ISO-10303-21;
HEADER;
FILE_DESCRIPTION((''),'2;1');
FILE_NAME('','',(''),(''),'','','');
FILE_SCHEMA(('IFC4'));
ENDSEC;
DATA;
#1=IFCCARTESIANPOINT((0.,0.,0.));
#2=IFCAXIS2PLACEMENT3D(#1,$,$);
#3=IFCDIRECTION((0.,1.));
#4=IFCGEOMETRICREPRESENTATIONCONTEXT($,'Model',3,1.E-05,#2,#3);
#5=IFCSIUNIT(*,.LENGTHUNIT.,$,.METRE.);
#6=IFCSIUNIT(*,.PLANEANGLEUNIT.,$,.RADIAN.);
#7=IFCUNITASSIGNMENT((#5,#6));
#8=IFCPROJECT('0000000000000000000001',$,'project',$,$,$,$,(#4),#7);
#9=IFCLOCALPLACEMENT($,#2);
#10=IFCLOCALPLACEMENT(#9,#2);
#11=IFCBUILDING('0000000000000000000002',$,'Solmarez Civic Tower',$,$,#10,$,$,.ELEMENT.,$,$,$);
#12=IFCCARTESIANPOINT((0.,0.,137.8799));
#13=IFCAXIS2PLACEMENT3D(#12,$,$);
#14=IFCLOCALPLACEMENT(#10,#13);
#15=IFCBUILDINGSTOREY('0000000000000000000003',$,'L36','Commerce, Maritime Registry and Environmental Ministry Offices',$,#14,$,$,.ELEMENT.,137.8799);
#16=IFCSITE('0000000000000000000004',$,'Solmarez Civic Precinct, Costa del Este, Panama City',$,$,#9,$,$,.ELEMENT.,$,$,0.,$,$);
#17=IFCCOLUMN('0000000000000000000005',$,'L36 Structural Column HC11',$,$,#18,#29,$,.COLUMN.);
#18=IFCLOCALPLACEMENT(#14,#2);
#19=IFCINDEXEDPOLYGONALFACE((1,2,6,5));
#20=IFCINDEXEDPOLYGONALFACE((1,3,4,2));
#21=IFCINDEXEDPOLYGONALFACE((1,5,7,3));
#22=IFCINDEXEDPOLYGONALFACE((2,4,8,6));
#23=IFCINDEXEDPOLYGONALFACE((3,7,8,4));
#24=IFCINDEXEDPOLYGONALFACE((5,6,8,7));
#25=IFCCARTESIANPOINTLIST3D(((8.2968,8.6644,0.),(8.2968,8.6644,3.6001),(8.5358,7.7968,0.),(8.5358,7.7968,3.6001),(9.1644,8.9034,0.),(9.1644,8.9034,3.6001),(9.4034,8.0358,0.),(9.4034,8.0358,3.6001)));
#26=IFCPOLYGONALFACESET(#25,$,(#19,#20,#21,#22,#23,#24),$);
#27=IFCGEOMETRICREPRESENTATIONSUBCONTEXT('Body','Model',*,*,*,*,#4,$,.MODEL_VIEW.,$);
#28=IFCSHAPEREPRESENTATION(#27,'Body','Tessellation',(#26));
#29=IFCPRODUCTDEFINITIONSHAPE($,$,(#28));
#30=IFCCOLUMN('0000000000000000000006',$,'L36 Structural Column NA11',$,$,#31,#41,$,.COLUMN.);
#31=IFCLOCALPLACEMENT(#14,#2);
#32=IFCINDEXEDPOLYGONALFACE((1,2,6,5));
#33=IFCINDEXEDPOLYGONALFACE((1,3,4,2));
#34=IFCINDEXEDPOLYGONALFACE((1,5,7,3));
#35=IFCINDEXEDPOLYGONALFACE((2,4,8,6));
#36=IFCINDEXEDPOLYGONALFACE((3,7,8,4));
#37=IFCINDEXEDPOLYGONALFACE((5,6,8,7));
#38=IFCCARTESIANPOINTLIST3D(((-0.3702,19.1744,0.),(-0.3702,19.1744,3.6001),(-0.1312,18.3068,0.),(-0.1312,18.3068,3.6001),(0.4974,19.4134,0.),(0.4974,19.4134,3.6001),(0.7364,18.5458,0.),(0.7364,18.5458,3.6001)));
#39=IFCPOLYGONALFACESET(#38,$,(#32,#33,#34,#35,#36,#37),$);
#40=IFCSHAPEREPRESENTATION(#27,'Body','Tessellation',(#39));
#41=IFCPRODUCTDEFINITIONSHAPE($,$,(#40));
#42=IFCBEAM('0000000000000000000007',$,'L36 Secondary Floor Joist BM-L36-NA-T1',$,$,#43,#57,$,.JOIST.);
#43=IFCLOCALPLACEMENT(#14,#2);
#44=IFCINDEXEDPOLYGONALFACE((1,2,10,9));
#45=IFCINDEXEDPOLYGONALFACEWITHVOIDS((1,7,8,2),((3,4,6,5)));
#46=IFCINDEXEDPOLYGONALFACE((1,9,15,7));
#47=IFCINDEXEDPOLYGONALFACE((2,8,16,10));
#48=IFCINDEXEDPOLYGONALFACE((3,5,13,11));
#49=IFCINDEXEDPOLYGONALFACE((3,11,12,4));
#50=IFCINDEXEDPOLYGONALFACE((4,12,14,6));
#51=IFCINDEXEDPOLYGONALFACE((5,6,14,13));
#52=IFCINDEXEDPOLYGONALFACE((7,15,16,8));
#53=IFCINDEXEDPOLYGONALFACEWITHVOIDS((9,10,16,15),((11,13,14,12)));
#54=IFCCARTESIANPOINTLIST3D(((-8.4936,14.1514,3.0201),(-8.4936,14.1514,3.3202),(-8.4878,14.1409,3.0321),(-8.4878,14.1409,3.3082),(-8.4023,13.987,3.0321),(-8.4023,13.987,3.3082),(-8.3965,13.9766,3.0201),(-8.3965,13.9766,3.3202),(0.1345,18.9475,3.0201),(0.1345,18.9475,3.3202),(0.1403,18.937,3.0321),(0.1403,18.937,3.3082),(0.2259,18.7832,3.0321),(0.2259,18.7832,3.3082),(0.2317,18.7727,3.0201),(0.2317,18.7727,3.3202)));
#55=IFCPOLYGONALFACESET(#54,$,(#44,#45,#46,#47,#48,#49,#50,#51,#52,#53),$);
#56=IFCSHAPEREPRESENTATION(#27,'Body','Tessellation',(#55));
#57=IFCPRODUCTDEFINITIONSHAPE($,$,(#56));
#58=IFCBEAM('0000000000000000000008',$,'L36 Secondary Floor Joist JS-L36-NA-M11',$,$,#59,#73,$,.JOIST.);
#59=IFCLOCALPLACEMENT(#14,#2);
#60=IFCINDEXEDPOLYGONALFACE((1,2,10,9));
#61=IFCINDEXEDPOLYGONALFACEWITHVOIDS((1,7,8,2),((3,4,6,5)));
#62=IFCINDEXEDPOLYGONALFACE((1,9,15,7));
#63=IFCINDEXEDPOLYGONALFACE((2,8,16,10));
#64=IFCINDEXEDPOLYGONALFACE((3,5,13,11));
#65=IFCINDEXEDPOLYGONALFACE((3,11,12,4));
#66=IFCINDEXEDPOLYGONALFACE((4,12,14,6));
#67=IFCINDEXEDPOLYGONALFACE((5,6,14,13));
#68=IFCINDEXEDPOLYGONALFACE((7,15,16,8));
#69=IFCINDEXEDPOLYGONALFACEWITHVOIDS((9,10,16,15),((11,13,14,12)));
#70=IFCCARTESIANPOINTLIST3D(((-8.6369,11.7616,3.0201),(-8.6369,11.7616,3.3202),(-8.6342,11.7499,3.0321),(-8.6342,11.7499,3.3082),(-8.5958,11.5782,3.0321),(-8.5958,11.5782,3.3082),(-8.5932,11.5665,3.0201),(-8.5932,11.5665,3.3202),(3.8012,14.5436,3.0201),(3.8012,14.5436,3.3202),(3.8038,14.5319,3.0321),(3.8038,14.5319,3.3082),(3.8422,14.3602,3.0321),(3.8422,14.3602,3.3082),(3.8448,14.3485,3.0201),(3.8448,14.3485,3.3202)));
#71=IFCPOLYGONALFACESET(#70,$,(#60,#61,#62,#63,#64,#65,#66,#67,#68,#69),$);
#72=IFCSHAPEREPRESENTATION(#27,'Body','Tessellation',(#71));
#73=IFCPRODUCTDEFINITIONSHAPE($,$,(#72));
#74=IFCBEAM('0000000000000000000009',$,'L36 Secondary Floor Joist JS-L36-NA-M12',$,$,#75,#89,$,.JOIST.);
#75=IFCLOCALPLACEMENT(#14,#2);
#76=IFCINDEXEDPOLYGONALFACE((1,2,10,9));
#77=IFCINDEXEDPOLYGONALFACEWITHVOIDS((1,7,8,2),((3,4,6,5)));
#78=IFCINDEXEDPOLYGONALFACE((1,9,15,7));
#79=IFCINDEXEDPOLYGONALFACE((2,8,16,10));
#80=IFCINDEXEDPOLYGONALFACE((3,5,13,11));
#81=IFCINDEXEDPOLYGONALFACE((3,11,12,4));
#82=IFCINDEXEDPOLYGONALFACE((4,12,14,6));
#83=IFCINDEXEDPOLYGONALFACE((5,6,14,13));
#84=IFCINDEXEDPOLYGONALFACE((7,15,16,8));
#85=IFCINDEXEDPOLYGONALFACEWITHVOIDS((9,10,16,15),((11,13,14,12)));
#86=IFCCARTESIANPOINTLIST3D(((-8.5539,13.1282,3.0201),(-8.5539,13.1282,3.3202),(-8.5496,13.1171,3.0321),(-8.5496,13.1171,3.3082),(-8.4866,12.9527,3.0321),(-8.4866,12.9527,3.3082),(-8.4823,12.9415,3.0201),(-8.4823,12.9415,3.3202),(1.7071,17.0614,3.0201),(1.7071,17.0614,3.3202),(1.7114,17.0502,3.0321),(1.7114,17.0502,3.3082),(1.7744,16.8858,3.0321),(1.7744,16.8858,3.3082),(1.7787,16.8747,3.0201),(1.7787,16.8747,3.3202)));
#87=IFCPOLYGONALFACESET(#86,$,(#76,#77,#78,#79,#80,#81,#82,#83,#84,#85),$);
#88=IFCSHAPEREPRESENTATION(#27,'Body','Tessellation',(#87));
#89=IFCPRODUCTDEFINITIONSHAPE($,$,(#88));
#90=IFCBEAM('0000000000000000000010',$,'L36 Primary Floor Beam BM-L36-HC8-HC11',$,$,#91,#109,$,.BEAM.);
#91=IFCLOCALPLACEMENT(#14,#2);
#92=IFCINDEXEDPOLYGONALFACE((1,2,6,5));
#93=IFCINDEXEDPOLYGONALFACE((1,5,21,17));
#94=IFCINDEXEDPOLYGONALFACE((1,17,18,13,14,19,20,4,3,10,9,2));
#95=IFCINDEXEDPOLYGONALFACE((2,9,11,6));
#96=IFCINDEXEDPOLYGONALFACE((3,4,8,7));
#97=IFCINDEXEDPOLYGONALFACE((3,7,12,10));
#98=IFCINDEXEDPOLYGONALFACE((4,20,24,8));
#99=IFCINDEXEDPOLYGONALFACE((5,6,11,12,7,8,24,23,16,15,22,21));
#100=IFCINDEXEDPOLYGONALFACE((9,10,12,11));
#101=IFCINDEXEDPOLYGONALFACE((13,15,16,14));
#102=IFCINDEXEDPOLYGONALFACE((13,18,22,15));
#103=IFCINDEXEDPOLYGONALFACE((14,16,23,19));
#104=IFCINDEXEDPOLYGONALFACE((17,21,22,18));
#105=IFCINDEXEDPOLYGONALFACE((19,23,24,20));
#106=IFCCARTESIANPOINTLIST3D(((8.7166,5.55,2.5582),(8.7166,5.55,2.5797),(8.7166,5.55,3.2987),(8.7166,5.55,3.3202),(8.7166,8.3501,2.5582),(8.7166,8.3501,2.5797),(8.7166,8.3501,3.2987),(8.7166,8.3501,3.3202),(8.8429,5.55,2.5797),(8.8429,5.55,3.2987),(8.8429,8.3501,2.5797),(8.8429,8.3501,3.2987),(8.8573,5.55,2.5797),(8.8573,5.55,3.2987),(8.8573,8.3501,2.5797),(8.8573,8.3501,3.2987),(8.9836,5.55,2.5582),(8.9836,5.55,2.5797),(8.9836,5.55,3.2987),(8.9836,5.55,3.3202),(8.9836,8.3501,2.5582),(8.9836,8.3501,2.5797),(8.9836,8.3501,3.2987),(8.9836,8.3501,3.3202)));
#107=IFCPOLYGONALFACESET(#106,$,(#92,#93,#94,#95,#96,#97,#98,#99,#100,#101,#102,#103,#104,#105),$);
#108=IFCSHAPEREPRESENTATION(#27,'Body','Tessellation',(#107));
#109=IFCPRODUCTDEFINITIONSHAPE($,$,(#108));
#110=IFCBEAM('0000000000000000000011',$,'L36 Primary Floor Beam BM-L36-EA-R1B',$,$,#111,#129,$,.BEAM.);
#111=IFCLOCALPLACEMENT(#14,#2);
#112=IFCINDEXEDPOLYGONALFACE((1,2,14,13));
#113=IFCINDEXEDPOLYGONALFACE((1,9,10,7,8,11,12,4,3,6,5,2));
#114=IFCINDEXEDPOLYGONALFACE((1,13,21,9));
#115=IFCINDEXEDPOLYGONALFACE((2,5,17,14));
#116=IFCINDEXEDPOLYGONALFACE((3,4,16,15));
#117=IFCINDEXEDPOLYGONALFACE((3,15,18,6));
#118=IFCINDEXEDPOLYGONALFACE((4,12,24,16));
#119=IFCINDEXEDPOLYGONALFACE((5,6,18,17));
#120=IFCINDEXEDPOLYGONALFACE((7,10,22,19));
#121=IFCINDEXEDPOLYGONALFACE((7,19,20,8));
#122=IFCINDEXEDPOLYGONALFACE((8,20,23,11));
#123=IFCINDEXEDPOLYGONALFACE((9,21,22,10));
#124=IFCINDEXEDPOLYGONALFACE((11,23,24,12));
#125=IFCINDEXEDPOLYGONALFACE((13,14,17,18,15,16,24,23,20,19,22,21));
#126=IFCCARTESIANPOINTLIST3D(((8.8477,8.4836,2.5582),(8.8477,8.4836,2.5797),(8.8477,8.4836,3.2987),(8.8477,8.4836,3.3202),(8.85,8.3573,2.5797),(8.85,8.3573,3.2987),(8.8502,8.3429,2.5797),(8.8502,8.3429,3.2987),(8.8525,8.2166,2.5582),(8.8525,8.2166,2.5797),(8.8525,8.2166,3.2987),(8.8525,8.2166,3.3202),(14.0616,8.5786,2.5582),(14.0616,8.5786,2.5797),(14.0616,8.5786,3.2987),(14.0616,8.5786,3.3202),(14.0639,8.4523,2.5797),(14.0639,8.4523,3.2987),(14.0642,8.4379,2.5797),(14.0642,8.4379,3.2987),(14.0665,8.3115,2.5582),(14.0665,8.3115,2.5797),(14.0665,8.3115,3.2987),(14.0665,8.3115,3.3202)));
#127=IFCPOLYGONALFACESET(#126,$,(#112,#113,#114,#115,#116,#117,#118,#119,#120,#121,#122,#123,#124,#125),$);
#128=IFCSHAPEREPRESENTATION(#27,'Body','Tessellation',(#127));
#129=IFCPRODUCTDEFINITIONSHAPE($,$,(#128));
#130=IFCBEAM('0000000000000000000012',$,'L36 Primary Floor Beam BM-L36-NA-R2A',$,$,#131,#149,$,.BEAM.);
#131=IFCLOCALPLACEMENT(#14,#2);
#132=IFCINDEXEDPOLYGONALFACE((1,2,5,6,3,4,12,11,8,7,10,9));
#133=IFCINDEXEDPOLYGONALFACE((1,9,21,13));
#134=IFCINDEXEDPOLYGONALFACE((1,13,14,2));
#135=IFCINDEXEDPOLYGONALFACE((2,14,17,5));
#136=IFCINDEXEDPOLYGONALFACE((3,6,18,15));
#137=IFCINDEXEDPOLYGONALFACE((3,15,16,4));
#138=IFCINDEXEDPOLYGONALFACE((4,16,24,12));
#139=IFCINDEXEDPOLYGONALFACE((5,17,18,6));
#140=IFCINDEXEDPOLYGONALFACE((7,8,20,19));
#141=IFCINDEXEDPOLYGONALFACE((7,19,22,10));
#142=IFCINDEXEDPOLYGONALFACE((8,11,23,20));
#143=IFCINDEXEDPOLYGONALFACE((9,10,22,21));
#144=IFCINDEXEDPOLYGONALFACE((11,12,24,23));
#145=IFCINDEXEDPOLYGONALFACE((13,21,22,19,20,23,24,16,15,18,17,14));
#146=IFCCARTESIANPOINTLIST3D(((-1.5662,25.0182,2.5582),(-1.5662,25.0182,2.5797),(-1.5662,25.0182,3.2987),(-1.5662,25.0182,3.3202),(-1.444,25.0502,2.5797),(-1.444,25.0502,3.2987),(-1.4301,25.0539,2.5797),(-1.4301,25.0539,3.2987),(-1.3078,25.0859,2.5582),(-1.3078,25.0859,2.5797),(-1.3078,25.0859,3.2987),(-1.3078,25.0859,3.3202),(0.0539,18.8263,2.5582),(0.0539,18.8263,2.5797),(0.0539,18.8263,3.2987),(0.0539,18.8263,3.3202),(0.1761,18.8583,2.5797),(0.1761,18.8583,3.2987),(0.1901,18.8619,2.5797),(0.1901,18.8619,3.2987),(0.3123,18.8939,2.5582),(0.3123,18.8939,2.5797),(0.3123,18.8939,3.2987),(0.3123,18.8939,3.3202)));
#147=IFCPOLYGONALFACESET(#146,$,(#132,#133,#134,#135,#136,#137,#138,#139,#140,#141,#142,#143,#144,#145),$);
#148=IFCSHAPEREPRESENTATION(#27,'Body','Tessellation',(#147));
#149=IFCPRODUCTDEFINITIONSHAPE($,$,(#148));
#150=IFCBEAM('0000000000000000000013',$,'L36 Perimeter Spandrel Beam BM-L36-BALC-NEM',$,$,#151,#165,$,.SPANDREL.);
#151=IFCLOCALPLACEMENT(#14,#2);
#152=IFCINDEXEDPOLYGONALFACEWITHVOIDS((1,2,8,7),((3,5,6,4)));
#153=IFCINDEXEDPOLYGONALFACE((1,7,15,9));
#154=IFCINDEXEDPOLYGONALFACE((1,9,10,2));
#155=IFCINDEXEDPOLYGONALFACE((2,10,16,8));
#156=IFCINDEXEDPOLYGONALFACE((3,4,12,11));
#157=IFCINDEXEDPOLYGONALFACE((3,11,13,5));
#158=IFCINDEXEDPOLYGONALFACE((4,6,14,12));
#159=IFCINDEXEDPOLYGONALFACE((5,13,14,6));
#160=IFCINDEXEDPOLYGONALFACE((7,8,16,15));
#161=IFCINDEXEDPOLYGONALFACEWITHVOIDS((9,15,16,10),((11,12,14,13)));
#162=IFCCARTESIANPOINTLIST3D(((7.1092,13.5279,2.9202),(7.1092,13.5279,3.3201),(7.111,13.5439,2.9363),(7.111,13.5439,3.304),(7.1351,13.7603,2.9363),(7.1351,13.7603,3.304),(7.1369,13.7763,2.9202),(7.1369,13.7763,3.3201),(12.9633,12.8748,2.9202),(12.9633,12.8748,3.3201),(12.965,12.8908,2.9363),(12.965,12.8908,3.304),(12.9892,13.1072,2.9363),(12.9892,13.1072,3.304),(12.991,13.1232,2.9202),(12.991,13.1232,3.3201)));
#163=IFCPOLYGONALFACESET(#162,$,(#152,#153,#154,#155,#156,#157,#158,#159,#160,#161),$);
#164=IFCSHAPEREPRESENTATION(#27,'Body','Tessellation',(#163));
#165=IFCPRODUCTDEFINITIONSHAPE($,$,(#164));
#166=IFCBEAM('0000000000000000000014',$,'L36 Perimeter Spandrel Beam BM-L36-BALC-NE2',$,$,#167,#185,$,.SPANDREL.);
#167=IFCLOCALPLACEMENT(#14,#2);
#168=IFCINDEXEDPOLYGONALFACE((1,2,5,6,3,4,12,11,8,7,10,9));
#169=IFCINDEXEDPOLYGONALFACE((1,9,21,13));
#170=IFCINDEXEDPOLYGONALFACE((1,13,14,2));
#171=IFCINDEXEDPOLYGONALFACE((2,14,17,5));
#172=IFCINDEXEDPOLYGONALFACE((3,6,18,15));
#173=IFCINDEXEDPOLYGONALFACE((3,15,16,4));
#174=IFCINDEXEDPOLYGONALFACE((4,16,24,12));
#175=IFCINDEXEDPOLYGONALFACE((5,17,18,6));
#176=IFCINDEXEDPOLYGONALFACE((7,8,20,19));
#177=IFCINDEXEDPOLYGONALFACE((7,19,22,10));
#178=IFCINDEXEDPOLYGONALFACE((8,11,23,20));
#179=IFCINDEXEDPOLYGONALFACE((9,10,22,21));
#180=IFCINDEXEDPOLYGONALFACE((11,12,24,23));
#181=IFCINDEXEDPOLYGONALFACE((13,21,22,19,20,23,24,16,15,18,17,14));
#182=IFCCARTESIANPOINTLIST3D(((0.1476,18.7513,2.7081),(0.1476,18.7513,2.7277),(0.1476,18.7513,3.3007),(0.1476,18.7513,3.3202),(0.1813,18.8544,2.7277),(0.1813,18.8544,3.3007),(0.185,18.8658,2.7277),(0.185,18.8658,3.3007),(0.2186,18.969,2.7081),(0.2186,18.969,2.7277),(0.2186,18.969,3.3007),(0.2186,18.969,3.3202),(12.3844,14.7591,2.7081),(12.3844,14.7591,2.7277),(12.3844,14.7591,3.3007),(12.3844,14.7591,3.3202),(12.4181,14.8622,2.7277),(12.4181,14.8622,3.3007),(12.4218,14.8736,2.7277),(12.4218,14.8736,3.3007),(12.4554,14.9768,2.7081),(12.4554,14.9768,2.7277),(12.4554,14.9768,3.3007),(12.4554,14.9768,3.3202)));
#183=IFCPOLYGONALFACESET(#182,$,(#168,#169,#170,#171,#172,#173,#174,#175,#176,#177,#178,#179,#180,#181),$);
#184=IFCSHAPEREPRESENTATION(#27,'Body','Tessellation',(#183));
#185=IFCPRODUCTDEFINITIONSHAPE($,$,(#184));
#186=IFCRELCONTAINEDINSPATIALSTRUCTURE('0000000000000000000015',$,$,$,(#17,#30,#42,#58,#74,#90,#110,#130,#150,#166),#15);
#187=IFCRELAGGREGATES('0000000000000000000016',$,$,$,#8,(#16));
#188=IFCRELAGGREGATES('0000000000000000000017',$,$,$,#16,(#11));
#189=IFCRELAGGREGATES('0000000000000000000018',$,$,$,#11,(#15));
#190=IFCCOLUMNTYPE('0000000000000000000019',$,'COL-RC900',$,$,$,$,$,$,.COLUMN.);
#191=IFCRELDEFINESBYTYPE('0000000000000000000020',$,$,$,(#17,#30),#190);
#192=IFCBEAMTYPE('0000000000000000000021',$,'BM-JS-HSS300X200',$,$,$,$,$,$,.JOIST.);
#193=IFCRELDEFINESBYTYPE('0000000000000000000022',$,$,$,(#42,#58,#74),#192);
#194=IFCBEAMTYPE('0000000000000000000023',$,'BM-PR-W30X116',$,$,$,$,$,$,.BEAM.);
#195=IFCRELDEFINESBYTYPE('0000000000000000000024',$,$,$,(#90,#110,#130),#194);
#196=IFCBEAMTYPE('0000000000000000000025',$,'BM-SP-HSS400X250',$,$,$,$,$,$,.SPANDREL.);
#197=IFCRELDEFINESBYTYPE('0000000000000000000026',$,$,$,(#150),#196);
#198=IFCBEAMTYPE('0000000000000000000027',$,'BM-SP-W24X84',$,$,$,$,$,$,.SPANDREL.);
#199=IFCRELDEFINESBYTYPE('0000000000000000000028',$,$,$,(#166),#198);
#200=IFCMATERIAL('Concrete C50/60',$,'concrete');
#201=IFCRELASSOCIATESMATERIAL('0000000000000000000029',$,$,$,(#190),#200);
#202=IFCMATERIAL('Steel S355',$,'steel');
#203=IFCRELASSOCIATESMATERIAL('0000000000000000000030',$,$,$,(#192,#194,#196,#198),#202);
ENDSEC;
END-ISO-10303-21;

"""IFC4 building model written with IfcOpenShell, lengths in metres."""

from ifc_helpers import new_model, si_unit, direction, frame, origin, origin_2d, place, context, subcontext, project, spatial, rectangle, hollow_rectangle, i_section, extrude, material, material_profile, profile_set, type_object, element, save


model = new_model("IFC4")

# Units and contexts
model_context = context("Model", 3, precision=1e-05, world=origin(), true_north=direction((0.0, 1.0)))
body_context = subcontext(model_context, "Body", "Model", "MODEL_VIEW")
ifc_project = project(units=[si_unit("LENGTHUNIT", "METRE"), si_unit("PLANEANGLEUNIT", "RADIAN")], contexts=[model_context])

# Site, building, storey
site_placement = place(None, origin())
site = spatial("IfcSite", under=ifc_project, at=site_placement, Name="Solmarez Civic Precinct, Costa del Este, Panama City", CompositionType="ELEMENT", RefElevation=0.0)
building_placement = place(site_placement, origin())
building = spatial("IfcBuilding", under=site, at=building_placement, Name="Solmarez Civic Tower", CompositionType="ELEMENT")
storey_placement = place(building_placement, frame((0.0, 0.0, 137.8799)))
storey = spatial("IfcBuildingStorey", under=building, at=storey_placement, Name="L36", Description="Commerce, Maritime Registry and Environmental Ministry Offices", CompositionType="ELEMENT", Elevation=137.8799)

# Columns
ifc_material_1 = material(Name="Concrete C50/60", Category="concrete")
ifc_material_profile_1 = material_profile(ifc_material_1, rectangle(XDim=0.8999, YDim=0.8999, at=origin_2d()), Name="RC900X900")
ifc_profile_set_1 = profile_set([ifc_material_profile_1], Name="Concrete C50/60")
column_type = type_object("IfcColumnType", Name="COL-RC900", PredefinedType="COLUMN", material=ifc_profile_set_1)
for number, where, z_axis, x_axis, name in (
    (1, (8.8501, 8.3501, 0.0), (0.0, 0.0, 1.0), (0.964095, 0.265556, 0.0), "L36 Structural Column HC11"),
    (2, (0.1831, 18.8601, 0.0), (0.0, 0.0, 1.0), (0.964095, 0.265556, 0.0), "L36 Structural Column NA11"),
):
    element("IfcColumn", number, at=place(storey_placement, frame(where, z_axis=z_axis, x_axis=x_axis)), inside=storey, type_object=column_type, Name=name, PredefinedType="COLUMN", context=body_context, shape_type="SweptSolid", body=[
        extrude(rectangle(XDim=0.8999, YDim=0.8999, at=origin_2d()), origin(), (0.0, 0.0, 1.0), 3.6001),
    ])

# Beams
ifc_material_2 = material(Name="Steel S355", Category="steel")
ifc_material_profile_2 = material_profile(ifc_material_2, hollow_rectangle(XDim=0.2, YDim=0.3, WallThickness=0.012, at=origin_2d()), Name="HSS300X200X12")
ifc_profile_set_2 = profile_set([ifc_material_profile_2], Name="Steel S355")
beam_type_1 = type_object("IfcBeamType", Name="BM-JS-HSS300X200", PredefinedType="JOIST", material=ifc_profile_set_2)
beam_1_placement = place(storey_placement, frame((0.1831, 18.8601, 3.1702), z_axis=(-0.874041, -0.485853, 0.0), x_axis=(0.485853, -0.874041, 0.0)))
element("IfcBeam", 3, at=beam_1_placement, inside=storey, type_object=beam_type_1, Name="L36 Secondary Floor Joist BM-L36-NA-T1", PredefinedType="JOIST", context=body_context, shape_type="SweptSolid", body=[
    extrude(hollow_rectangle(XDim=0.2, YDim=0.3, WallThickness=0.012, at=origin_2d()), origin(), (0.0, 0.0, 1.0), 9.8716),
])
beam_2_placement = place(storey_placement, frame((3.823, 14.446, 3.1702), z_axis=(-0.975887, -0.218275, 0.0), x_axis=(0.218275, -0.975887, 0.0)))
element("IfcBeam", 4, at=beam_2_placement, inside=storey, type_object=beam_type_1, Name="L36 Secondary Floor Joist JS-L36-NA-M11", PredefinedType="JOIST", context=body_context, shape_type="SweptSolid", body=[
    extrude(hollow_rectangle(XDim=0.2, YDim=0.3, WallThickness=0.012, at=origin_2d()), origin(), (0.0, 0.0, 1.0), 12.7454),
])
beam_3_placement = place(storey_placement, frame((1.7429, 16.968, 3.1702), z_axis=(-0.933754, -0.357914, 0.0), x_axis=(0.357914, -0.933754, 0.0)))
element("IfcBeam", 5, at=beam_3_placement, inside=storey, type_object=beam_type_1, Name="L36 Secondary Floor Joist JS-L36-NA-M12", PredefinedType="JOIST", context=body_context, shape_type="SweptSolid", body=[
    extrude(hollow_rectangle(XDim=0.2, YDim=0.3, WallThickness=0.012, at=origin_2d()), origin(), (0.0, 0.0, 1.0), 10.989),
])
ifc_material_profile_3 = material_profile(ifc_material_2, i_section(OverallWidth=0.2671, OverallDepth=0.762, WebThickness=0.0144, FlangeThickness=0.0215, at=origin_2d()), Name="W30X116")
ifc_profile_set_3 = profile_set([ifc_material_profile_3], Name="Steel S355")
beam_type_2 = type_object("IfcBeamType", Name="BM-PR-W30X116", PredefinedType="BEAM", material=ifc_profile_set_3)
beam_4_placement = place(storey_placement, frame((8.8501, 5.55, 2.9392), z_axis=(0.0, 1.0, 0.0), x_axis=(-1.0, 0.0, 0.0)))
element("IfcBeam", 6, at=beam_4_placement, inside=storey, type_object=beam_type_2, Name="L36 Primary Floor Beam BM-L36-HC8-HC11", PredefinedType="BEAM", context=body_context, shape_type="SweptSolid", body=[
    extrude(i_section(OverallWidth=0.2671, OverallDepth=0.762, WebThickness=0.0144, FlangeThickness=0.0215, at=origin_2d()), origin(), (0.0, 0.0, 1.0), 2.8),
])
beam_5_placement = place(storey_placement, frame((8.8501, 8.3501, 2.9392), z_axis=(0.999834, 0.018212, 0.0), x_axis=(-0.018212, 0.999834, 0.0)))
element("IfcBeam", 7, at=beam_5_placement, inside=storey, type_object=beam_type_2, Name="L36 Primary Floor Beam BM-L36-EA-R1B", PredefinedType="BEAM", context=body_context, shape_type="SweptSolid", body=[
    extrude(i_section(OverallWidth=0.2671, OverallDepth=0.762, WebThickness=0.0144, FlangeThickness=0.0215, at=origin_2d()), origin(), (0.0, 0.0, 1.0), 5.2148),
])
beam_6_placement = place(storey_placement, frame((0.1831, 18.8601, 2.9392), z_axis=(-0.25313, 0.967432, 0.0), x_axis=(-0.967432, -0.25313, 0.0)))
element("IfcBeam", 8, at=beam_6_placement, inside=storey, type_object=beam_type_2, Name="L36 Primary Floor Beam BM-L36-NA-R2A", PredefinedType="BEAM", context=body_context, shape_type="SweptSolid", body=[
    extrude(i_section(OverallWidth=0.2671, OverallDepth=0.762, WebThickness=0.0144, FlangeThickness=0.0215, at=origin_2d()), origin(), (0.0, 0.0, 1.0), 6.4004),
])
ifc_material_profile_4 = material_profile(ifc_material_2, hollow_rectangle(XDim=0.25, YDim=0.3999, WallThickness=0.0161, at=origin_2d()), Name="HSS400X250X16")
ifc_profile_set_4 = profile_set([ifc_material_profile_4], Name="Steel S355")
beam_type_3 = type_object("IfcBeamType", Name="BM-SP-HSS400X250", PredefinedType="SPANDREL", material=ifc_profile_set_4)
beam_7_placement = place(storey_placement, frame((7.123, 13.6521, 3.1201), z_axis=(0.993835, -0.110873, 0.0), x_axis=(0.110873, 0.993835, 0.0)))
element("IfcBeam", 9, at=beam_7_placement, inside=storey, type_object=beam_type_3, Name="L36 Perimeter Spandrel Beam BM-L36-BALC-NEM", PredefinedType="SPANDREL", context=body_context, shape_type="SweptSolid", body=[
    extrude(hollow_rectangle(XDim=0.25, YDim=0.3999, WallThickness=0.0161, at=origin_2d()), origin(), (0.0, 0.0, 1.0), 5.8904),
])
ifc_material_profile_5 = material_profile(ifc_material_2, i_section(OverallWidth=0.229, OverallDepth=0.6121, WebThickness=0.012, FlangeThickness=0.0195, at=origin_2d()), Name="W24X84")
ifc_profile_set_5 = profile_set([ifc_material_profile_5], Name="Steel S355")
beam_type_4 = type_object("IfcBeamType", Name="BM-SP-W24X84", PredefinedType="SPANDREL", material=ifc_profile_set_5)
beam_8_placement = place(storey_placement, frame((0.1831, 18.8601, 3.0142), z_axis=(0.950686, -0.310156, 0.0), x_axis=(0.310156, 0.950686, 0.0)))
element("IfcBeam", 10, at=beam_8_placement, inside=storey, type_object=beam_type_4, Name="L36 Perimeter Spandrel Beam BM-L36-BALC-NE2", PredefinedType="SPANDREL", context=body_context, shape_type="SweptSolid", body=[
    extrude(i_section(OverallWidth=0.229, OverallDepth=0.6121, WebThickness=0.012, FlangeThickness=0.0195, at=origin_2d()), origin(), (0.0, 0.0, 1.0), 12.8716),
])

save(model, "model.ifc")
